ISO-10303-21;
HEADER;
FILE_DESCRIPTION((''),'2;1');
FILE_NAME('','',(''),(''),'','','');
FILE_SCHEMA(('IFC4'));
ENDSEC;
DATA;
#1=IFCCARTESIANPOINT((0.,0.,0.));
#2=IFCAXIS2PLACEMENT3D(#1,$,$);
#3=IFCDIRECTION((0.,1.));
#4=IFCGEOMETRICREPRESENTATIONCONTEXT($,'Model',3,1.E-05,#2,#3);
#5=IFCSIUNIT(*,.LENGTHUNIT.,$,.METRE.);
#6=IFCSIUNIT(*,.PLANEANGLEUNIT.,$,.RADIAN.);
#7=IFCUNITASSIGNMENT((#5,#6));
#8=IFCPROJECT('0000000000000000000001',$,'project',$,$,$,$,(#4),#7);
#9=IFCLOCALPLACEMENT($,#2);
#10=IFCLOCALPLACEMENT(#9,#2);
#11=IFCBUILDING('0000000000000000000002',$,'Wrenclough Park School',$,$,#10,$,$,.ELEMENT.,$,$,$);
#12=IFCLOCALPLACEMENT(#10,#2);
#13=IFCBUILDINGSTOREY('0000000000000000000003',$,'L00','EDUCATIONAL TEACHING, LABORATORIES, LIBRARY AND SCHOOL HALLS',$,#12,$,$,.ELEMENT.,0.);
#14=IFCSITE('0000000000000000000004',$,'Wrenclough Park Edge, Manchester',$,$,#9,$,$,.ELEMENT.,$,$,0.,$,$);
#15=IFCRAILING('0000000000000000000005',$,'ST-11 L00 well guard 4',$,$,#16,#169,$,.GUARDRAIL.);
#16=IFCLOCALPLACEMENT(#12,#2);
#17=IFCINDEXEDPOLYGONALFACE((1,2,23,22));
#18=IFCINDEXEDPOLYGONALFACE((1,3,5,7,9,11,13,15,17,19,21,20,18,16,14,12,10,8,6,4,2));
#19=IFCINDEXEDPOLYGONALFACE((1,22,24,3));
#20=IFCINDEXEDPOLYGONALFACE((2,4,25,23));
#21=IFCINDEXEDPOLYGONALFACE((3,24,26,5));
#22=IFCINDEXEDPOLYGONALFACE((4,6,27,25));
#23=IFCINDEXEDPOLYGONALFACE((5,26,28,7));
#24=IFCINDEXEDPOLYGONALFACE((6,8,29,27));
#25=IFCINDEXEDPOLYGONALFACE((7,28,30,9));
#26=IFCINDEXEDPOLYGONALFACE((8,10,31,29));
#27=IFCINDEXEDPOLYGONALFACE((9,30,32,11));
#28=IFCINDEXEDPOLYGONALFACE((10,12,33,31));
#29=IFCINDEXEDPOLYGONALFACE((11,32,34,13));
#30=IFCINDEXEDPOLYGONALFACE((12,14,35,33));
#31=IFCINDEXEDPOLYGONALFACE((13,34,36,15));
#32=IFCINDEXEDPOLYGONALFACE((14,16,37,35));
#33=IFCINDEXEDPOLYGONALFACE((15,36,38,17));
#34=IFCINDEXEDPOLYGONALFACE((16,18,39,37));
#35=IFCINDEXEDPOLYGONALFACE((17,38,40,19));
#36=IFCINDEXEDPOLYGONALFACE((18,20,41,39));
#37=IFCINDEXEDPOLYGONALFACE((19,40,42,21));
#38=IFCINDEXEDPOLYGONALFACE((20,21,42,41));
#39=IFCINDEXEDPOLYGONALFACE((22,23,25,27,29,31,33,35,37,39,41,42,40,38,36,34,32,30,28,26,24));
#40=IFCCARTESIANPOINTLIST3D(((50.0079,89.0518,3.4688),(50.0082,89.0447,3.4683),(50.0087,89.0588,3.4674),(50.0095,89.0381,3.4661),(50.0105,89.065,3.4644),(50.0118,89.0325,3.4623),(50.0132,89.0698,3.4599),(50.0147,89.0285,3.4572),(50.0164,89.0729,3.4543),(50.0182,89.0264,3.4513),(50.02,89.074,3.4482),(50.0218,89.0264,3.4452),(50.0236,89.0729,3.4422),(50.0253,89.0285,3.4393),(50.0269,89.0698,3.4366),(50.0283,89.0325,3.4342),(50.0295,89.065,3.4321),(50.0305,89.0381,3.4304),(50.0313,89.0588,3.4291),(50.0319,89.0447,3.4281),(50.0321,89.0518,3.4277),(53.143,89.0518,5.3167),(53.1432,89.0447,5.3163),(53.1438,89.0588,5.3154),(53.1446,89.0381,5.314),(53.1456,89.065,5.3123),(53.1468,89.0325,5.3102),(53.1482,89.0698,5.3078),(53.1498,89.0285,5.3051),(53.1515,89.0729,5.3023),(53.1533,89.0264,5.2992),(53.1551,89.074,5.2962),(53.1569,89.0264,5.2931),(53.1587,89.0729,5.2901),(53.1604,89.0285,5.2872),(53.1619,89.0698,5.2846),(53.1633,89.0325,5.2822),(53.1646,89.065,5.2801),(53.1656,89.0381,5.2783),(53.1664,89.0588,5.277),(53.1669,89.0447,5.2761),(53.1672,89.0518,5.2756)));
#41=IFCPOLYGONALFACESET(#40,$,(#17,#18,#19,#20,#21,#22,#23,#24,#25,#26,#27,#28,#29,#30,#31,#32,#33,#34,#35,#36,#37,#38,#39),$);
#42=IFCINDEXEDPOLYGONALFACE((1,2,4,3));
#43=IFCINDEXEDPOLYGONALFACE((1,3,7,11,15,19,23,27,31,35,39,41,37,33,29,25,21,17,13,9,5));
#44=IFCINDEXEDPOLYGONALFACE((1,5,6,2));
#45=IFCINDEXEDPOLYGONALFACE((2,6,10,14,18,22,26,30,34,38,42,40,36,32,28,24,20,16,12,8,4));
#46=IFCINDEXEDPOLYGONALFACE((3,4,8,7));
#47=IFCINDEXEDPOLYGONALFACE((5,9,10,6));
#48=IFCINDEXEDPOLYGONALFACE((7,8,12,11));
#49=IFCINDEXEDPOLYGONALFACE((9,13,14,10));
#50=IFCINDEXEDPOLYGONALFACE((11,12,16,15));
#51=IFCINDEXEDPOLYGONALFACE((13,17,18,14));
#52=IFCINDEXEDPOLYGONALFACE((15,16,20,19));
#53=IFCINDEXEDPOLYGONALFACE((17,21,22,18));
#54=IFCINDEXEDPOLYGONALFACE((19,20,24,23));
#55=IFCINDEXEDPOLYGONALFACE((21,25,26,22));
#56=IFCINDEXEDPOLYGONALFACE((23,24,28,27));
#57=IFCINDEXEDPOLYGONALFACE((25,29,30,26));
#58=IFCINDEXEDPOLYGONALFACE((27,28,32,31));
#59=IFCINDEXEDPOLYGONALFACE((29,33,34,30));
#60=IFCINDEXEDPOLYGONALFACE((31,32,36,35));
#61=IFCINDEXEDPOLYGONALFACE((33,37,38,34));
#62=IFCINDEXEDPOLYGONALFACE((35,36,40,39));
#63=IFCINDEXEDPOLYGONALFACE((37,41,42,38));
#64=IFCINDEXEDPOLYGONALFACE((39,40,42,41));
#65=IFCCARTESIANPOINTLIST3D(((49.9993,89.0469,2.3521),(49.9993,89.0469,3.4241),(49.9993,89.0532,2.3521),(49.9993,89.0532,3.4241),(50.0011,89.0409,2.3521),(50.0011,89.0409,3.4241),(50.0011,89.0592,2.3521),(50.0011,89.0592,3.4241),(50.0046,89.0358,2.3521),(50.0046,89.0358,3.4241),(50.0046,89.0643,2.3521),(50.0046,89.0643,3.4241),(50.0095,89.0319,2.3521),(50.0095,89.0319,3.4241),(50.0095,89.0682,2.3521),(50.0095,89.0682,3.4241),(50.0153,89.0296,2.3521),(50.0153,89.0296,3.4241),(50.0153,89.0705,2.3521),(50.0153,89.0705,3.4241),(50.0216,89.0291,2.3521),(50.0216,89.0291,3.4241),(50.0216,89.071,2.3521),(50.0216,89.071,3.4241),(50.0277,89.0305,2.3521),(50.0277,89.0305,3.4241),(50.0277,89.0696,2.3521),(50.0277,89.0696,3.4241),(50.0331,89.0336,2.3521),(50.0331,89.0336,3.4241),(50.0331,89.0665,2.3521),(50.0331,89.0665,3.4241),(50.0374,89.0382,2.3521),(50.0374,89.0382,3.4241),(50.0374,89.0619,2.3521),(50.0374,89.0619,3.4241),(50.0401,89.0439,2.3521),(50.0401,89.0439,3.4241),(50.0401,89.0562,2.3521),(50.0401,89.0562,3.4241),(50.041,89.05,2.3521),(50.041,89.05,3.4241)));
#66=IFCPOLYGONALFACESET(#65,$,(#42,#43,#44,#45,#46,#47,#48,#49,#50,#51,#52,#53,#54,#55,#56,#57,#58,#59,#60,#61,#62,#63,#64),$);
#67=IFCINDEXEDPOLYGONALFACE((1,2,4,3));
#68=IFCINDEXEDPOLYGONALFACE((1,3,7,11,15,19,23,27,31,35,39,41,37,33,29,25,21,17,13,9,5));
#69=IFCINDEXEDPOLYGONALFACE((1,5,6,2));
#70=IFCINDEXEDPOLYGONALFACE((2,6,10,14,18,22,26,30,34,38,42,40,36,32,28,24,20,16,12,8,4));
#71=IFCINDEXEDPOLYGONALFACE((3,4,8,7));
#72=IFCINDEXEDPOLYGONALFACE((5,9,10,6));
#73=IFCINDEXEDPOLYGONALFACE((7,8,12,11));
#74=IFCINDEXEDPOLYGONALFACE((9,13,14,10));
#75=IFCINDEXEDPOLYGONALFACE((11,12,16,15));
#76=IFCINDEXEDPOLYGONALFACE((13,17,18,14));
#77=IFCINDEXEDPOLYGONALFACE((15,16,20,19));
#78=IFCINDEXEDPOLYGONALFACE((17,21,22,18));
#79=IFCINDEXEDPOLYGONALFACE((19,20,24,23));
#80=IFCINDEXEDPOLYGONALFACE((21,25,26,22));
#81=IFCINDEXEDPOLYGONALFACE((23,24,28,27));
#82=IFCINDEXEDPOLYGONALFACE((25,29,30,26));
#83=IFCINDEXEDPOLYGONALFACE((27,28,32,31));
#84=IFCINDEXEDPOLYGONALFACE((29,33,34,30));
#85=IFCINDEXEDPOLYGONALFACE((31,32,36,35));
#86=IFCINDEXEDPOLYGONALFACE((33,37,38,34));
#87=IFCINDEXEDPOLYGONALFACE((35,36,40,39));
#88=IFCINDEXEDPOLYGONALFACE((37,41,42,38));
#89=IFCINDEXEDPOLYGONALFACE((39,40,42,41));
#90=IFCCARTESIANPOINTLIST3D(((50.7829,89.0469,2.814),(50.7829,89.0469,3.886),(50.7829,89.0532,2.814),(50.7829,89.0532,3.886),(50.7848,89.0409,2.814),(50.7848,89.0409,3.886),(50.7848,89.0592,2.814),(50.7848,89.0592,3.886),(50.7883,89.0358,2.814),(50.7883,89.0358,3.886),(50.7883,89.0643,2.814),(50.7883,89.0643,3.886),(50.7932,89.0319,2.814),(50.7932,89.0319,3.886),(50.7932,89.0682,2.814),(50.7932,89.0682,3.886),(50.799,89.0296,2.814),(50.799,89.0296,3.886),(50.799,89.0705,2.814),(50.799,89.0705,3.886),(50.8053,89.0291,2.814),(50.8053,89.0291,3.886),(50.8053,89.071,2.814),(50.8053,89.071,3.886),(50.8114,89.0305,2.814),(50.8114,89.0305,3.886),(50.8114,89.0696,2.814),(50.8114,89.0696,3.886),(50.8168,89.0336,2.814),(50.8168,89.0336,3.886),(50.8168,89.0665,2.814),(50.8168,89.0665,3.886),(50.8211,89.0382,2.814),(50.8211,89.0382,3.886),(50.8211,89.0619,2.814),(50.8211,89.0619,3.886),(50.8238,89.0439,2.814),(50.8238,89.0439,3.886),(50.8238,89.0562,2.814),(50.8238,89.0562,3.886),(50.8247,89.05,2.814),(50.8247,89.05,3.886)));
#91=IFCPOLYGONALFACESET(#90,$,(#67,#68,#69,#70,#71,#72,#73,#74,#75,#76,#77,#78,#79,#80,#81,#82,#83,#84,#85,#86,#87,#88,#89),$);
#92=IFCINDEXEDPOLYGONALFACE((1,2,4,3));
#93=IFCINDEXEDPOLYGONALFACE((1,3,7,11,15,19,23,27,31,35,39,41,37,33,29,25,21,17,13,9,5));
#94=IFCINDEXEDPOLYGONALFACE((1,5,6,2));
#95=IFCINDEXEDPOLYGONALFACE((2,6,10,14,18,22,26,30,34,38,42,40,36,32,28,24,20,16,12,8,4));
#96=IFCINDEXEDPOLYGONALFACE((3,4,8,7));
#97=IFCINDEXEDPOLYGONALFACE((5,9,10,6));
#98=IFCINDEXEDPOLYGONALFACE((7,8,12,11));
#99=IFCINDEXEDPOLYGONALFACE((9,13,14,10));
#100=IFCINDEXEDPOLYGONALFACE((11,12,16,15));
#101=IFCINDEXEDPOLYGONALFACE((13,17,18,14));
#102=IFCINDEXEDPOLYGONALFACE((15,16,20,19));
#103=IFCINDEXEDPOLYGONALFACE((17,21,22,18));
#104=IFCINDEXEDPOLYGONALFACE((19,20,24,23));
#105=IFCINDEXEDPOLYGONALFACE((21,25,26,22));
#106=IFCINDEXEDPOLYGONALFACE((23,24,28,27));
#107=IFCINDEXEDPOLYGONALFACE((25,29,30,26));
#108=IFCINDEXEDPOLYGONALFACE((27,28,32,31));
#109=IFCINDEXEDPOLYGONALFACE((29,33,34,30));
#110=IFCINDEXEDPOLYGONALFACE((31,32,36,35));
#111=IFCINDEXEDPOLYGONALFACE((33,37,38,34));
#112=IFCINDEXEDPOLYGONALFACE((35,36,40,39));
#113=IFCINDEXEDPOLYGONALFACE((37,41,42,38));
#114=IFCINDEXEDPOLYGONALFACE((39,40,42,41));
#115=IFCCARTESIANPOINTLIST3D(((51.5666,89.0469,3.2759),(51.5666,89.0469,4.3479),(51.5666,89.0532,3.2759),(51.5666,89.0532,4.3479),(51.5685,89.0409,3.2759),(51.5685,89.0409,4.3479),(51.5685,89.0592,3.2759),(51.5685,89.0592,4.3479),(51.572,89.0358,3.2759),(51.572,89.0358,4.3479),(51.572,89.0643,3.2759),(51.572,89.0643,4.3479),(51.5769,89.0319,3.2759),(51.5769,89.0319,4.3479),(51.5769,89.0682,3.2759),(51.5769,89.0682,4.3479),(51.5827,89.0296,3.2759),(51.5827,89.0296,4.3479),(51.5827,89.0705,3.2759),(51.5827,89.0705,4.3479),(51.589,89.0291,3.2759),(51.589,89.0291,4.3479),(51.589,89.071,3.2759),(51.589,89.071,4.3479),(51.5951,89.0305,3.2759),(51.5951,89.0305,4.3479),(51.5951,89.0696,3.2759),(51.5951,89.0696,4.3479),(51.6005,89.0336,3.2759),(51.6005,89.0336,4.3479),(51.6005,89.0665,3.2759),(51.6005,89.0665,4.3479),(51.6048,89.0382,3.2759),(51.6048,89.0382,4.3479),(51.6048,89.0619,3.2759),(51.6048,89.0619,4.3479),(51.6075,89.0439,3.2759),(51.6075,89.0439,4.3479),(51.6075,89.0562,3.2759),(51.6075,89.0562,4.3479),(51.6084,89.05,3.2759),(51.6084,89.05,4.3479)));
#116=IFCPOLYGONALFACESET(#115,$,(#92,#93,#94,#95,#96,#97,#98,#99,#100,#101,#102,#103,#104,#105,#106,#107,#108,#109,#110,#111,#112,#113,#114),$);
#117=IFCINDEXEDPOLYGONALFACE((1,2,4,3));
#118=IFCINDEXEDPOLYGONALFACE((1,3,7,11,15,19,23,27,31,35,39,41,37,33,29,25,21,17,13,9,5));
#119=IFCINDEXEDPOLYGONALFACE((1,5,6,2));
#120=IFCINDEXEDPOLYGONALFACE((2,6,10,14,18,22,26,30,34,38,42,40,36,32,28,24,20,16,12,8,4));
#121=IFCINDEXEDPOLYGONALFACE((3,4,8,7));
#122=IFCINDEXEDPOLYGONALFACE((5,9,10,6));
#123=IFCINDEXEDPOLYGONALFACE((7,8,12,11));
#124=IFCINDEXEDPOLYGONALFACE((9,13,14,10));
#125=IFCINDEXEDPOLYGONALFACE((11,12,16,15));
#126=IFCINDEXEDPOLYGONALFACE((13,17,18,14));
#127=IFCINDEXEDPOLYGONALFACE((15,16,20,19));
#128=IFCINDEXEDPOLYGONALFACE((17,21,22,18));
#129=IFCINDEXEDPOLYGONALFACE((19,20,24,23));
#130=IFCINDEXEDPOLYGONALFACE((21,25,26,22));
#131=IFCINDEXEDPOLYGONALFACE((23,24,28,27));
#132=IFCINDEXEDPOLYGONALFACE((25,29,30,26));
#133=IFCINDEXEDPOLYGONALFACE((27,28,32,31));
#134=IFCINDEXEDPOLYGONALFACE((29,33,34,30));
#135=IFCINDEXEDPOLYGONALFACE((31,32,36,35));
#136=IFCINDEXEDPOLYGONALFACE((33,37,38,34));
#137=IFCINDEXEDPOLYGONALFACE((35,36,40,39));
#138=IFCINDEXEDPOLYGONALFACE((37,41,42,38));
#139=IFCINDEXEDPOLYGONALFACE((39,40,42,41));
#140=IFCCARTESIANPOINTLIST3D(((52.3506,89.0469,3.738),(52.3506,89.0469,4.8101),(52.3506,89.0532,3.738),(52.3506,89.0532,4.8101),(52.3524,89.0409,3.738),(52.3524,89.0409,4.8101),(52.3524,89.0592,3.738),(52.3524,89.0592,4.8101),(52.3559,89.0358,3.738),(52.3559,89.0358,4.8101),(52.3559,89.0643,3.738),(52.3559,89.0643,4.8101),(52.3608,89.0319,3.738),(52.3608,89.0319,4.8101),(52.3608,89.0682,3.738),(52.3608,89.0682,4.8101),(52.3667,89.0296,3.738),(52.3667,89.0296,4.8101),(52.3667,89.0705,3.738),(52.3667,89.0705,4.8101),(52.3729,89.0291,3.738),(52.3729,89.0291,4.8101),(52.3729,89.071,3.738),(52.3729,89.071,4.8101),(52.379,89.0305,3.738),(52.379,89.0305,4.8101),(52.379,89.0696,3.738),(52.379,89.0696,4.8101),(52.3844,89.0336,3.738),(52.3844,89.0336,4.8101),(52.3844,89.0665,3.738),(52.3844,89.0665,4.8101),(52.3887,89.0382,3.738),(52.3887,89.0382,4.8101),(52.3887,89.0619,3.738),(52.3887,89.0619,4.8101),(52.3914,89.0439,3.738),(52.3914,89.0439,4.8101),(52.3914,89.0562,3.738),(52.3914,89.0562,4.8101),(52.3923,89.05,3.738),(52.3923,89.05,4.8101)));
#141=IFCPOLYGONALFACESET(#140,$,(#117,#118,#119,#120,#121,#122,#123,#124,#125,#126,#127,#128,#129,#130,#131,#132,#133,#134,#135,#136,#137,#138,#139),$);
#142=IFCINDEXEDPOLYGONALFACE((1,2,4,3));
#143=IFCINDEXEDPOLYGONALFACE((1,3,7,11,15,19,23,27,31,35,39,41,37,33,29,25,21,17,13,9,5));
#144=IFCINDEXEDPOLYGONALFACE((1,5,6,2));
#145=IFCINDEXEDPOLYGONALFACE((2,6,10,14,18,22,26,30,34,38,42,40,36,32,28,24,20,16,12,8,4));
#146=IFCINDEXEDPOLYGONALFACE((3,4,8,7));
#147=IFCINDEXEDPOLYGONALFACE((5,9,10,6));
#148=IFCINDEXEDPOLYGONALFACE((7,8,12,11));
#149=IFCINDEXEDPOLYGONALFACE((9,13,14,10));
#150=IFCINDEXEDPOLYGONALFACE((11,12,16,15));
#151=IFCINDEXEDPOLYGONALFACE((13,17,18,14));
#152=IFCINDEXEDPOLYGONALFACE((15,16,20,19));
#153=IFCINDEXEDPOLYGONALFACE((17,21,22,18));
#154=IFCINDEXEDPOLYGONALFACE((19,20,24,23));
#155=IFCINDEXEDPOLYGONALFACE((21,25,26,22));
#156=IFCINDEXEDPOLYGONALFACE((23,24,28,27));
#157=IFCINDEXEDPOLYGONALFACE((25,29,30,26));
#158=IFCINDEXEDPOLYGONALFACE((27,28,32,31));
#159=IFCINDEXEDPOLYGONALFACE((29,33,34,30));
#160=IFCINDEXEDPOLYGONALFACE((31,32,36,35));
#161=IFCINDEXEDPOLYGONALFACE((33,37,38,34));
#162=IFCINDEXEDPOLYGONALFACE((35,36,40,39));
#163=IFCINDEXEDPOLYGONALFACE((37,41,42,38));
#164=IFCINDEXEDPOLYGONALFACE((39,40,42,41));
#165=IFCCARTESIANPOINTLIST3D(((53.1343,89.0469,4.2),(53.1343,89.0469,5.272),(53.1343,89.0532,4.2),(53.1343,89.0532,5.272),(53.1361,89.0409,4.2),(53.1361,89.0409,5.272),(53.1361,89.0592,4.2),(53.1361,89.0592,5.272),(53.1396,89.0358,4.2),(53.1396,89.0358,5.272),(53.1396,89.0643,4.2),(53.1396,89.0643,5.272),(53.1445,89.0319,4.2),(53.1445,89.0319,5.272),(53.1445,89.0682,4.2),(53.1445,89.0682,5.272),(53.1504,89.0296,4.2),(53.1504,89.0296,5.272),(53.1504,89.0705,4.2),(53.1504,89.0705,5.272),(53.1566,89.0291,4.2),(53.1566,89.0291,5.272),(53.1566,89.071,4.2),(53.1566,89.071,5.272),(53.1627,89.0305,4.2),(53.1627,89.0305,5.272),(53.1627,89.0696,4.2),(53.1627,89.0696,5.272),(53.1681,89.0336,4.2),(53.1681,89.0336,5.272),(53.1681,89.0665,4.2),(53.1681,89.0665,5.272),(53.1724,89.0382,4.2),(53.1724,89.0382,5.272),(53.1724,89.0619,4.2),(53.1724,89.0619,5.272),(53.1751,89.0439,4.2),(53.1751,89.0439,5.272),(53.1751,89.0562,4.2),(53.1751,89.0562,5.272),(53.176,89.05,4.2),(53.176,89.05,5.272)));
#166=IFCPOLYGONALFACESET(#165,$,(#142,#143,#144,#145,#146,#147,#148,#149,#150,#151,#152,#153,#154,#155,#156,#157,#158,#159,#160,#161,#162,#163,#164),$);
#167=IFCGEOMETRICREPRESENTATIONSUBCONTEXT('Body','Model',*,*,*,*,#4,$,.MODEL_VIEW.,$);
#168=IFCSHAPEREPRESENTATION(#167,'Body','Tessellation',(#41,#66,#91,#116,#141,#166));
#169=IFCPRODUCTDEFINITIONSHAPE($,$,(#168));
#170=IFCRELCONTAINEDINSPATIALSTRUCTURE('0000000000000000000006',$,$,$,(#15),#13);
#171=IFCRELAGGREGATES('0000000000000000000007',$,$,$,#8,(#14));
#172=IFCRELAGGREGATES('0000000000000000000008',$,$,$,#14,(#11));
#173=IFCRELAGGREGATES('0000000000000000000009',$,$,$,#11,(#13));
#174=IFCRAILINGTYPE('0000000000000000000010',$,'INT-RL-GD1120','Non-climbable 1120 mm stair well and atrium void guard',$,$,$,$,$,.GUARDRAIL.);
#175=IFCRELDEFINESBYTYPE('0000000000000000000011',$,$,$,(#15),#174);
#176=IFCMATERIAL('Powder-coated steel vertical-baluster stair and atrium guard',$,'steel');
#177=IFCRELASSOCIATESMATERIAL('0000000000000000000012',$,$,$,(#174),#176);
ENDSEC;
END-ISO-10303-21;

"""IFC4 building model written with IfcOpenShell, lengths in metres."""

from ifc_helpers import new_model, si_unit, direction, frame, origin, origin_2d, place, context, subcontext, project, spatial, circle, extrude, material, type_object, element, save


model = new_model("IFC4")

# Units and contexts
model_context = context("Model", 3, precision=1e-05, world=origin(), true_north=direction((0.0, 1.0)))
body_context = subcontext(model_context, "Body", "Model", "MODEL_VIEW")
ifc_project = project(units=[si_unit("LENGTHUNIT", "METRE"), si_unit("PLANEANGLEUNIT", "RADIAN")], contexts=[model_context])

# Site, building, storey
site_placement = place(None, origin())
site = spatial("IfcSite", under=ifc_project, at=site_placement, Name="Wrenclough Park Edge, Manchester", CompositionType="ELEMENT", RefElevation=0.0)
building_placement = place(site_placement, origin())
building = spatial("IfcBuilding", under=site, at=building_placement, Name="Wrenclough Park School", CompositionType="ELEMENT")
storey_placement = place(building_placement, origin())
storey = spatial("IfcBuildingStorey", under=building, at=storey_placement, Name="L00", Description="EDUCATIONAL TEACHING, LABORATORIES, LIBRARY AND SCHOOL HALLS", CompositionType="ELEMENT", Elevation=0.0)

# Railing
ifc_material_1 = material(Name="Powder-coated steel vertical-baluster stair and atrium guard", Category="steel")
railing_type_1 = type_object("IfcRailingType", Name="INT-RL-GD1120", Description="Non-climbable 1120 mm stair well and atrium void guard", PredefinedType="GUARDRAIL", material=ifc_material_1)
railing_1_placement = place(storey_placement, frame((50.02, 89.05, 2.3521)))
element("IfcRailing", 1, at=railing_1_placement, inside=storey, type_object=railing_type_1, Name="ST-11 L00 well guard 4", PredefinedType="GUARDRAIL", context=body_context, shape_type="SweptSolid", body=[
    extrude(circle(Radius=0.0239, at=origin_2d()), frame((0.0, 0.0, 1.0962), z_axis=(0.86148, 0.0, 0.507791), x_axis=(0.0, 1.0, 0.0)), (0.0, 0.0, 1.0), 3.6392),
    extrude(circle(Radius=0.021, at=origin_2d()), origin(), (0.0, 0.0, 1.0), 1.072),
    extrude(circle(Radius=0.021, at=origin_2d()), frame((0.7837, 0.0, 0.4619)), (0.0, 0.0, 1.0), 1.072),
    extrude(circle(Radius=0.021, at=origin_2d()), frame((1.5674, 0.0, 0.9238)), (0.0, 0.0, 1.0), 1.072),
    extrude(circle(Radius=0.021, at=origin_2d()), frame((2.3513, 0.0, 1.386)), (0.0, 0.0, 1.0), 1.072),
    extrude(circle(Radius=0.021, at=origin_2d()), frame((3.135, 0.0, 1.8479)), (0.0, 0.0, 1.0), 1.072),
])

save(model, "model.ifc")
